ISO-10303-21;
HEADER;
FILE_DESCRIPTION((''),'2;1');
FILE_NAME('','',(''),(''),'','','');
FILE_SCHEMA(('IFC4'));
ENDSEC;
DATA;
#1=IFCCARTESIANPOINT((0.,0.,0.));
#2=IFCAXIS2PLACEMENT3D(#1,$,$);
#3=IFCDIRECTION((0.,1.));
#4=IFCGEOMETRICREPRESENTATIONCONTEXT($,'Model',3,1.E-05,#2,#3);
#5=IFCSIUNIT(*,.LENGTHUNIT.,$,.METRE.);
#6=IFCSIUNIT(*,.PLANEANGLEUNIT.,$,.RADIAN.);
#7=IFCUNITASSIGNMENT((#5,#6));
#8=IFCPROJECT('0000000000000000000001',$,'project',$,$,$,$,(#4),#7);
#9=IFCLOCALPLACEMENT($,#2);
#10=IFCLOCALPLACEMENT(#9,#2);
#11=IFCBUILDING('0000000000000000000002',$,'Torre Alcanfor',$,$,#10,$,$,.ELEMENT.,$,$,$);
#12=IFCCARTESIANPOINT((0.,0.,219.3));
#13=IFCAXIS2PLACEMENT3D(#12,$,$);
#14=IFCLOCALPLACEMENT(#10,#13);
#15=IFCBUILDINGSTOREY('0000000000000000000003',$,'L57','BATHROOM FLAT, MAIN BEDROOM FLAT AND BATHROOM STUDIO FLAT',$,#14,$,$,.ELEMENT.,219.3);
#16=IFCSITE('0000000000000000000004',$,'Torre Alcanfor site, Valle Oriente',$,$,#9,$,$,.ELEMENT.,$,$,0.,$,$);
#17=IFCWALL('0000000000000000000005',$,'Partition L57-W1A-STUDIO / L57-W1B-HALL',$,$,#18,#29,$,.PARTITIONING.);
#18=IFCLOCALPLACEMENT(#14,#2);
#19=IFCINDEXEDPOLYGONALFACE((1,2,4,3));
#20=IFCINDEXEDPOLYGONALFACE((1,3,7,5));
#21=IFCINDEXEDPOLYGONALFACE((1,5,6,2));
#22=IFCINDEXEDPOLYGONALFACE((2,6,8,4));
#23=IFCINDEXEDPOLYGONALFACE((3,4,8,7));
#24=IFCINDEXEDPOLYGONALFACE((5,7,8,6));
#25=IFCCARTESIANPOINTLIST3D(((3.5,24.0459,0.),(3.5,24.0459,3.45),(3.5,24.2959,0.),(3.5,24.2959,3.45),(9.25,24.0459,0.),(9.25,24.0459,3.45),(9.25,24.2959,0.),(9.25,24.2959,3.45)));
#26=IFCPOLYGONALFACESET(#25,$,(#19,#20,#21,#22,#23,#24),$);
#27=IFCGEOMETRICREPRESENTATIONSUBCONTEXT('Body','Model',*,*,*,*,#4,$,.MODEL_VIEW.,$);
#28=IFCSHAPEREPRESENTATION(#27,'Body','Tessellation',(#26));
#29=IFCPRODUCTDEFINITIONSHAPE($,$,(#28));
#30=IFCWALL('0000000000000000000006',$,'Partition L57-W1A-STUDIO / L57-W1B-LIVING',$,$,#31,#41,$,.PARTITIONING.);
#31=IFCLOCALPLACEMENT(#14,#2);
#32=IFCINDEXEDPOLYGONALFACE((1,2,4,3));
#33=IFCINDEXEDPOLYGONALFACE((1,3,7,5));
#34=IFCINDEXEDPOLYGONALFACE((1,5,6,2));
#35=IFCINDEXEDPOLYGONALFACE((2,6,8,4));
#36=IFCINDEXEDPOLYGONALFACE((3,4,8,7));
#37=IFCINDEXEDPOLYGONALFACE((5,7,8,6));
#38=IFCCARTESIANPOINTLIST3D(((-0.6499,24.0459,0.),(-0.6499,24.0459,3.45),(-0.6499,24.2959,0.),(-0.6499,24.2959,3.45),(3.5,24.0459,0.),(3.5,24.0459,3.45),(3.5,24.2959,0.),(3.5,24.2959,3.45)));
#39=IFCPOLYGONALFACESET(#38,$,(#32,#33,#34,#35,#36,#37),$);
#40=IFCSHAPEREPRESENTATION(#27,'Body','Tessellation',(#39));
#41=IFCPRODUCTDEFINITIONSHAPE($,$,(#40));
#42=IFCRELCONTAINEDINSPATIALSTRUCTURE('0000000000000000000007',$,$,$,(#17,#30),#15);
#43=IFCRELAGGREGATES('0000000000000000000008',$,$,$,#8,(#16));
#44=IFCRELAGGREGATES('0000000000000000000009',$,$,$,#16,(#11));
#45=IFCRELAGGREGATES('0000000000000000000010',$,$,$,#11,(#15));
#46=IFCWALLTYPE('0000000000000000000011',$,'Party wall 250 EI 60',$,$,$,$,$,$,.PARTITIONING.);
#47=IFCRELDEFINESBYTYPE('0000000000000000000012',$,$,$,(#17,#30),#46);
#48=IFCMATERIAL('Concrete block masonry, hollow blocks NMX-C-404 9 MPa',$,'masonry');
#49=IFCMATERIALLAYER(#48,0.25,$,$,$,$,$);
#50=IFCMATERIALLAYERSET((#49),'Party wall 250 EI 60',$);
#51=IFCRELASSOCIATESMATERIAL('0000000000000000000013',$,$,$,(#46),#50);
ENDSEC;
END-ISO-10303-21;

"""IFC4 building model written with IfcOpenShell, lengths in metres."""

from ifc_helpers import new_model, si_unit, direction, frame, frame_2d, origin, place, context, subcontext, project, spatial, rectangle, extrude, material, layer, layer_set, type_object, element, save


model = new_model("IFC4")

# Units and contexts
model_context = context("Model", 3, precision=1e-05, world=origin(), true_north=direction((0.0, 1.0)))
body_context = subcontext(model_context, "Body", "Model", "MODEL_VIEW")
ifc_project = project(units=[si_unit("LENGTHUNIT", "METRE"), si_unit("PLANEANGLEUNIT", "RADIAN")], contexts=[model_context])

# Site, building, storey
site_placement = place(None, origin())
site = spatial("IfcSite", under=ifc_project, at=site_placement, Name="Torre Alcanfor site, Valle Oriente", CompositionType="ELEMENT", RefElevation=0.0)
building_placement = place(site_placement, origin())
building = spatial("IfcBuilding", under=site, at=building_placement, Name="Torre Alcanfor", CompositionType="ELEMENT")
storey_placement = place(building_placement, frame((0.0, 0.0, 219.3)))
storey = spatial("IfcBuildingStorey", under=building, at=storey_placement, Name="L57", Description="BATHROOM FLAT, MAIN BEDROOM FLAT AND BATHROOM STUDIO FLAT", CompositionType="ELEMENT", Elevation=219.3)

# Walls
ifc_material_1 = material(Name="Concrete block masonry, hollow blocks NMX-C-404 9 MPa", Category="masonry")
ifc_layer_1 = layer(ifc_material_1, 0.25)
ifc_layer_set_1 = layer_set([ifc_layer_1], Name="Party wall 250 EI 60")
wall_type_1 = type_object("IfcWallType", Name="Party wall 250 EI 60", PredefinedType="PARTITIONING", material=ifc_layer_set_1)
wall_1_placement = place(storey_placement, frame((3.5, 24.1709, 0.0), z_axis=(0.0, 0.0, 1.0), x_axis=(1.0, 0.0, 0.0)))
element("IfcWall", 1, at=wall_1_placement, inside=storey, type_object=wall_type_1, Name="Partition L57-W1A-STUDIO / L57-W1B-HALL", PredefinedType="PARTITIONING", context=body_context, shape_type="SweptSolid", body=[
    extrude(rectangle(XDim=5.75, YDim=0.25, at=frame_2d((2.875, 0.0))), origin(), (0.0, 0.0, 1.0), 3.45),
])
wall_2_placement = place(storey_placement, frame((-0.6499, 24.1709, 0.0), z_axis=(0.0, 0.0, 1.0), x_axis=(1.0, 0.0, 0.0)))
element("IfcWall", 2, at=wall_2_placement, inside=storey, type_object=wall_type_1, Name="Partition L57-W1A-STUDIO / L57-W1B-LIVING", PredefinedType="PARTITIONING", context=body_context, shape_type="SweptSolid", body=[
    extrude(rectangle(XDim=4.1499, YDim=0.25, at=frame_2d((2.075, 0.0))), origin(), (0.0, 0.0, 1.0), 3.45),
])

save(model, "model.ifc")
